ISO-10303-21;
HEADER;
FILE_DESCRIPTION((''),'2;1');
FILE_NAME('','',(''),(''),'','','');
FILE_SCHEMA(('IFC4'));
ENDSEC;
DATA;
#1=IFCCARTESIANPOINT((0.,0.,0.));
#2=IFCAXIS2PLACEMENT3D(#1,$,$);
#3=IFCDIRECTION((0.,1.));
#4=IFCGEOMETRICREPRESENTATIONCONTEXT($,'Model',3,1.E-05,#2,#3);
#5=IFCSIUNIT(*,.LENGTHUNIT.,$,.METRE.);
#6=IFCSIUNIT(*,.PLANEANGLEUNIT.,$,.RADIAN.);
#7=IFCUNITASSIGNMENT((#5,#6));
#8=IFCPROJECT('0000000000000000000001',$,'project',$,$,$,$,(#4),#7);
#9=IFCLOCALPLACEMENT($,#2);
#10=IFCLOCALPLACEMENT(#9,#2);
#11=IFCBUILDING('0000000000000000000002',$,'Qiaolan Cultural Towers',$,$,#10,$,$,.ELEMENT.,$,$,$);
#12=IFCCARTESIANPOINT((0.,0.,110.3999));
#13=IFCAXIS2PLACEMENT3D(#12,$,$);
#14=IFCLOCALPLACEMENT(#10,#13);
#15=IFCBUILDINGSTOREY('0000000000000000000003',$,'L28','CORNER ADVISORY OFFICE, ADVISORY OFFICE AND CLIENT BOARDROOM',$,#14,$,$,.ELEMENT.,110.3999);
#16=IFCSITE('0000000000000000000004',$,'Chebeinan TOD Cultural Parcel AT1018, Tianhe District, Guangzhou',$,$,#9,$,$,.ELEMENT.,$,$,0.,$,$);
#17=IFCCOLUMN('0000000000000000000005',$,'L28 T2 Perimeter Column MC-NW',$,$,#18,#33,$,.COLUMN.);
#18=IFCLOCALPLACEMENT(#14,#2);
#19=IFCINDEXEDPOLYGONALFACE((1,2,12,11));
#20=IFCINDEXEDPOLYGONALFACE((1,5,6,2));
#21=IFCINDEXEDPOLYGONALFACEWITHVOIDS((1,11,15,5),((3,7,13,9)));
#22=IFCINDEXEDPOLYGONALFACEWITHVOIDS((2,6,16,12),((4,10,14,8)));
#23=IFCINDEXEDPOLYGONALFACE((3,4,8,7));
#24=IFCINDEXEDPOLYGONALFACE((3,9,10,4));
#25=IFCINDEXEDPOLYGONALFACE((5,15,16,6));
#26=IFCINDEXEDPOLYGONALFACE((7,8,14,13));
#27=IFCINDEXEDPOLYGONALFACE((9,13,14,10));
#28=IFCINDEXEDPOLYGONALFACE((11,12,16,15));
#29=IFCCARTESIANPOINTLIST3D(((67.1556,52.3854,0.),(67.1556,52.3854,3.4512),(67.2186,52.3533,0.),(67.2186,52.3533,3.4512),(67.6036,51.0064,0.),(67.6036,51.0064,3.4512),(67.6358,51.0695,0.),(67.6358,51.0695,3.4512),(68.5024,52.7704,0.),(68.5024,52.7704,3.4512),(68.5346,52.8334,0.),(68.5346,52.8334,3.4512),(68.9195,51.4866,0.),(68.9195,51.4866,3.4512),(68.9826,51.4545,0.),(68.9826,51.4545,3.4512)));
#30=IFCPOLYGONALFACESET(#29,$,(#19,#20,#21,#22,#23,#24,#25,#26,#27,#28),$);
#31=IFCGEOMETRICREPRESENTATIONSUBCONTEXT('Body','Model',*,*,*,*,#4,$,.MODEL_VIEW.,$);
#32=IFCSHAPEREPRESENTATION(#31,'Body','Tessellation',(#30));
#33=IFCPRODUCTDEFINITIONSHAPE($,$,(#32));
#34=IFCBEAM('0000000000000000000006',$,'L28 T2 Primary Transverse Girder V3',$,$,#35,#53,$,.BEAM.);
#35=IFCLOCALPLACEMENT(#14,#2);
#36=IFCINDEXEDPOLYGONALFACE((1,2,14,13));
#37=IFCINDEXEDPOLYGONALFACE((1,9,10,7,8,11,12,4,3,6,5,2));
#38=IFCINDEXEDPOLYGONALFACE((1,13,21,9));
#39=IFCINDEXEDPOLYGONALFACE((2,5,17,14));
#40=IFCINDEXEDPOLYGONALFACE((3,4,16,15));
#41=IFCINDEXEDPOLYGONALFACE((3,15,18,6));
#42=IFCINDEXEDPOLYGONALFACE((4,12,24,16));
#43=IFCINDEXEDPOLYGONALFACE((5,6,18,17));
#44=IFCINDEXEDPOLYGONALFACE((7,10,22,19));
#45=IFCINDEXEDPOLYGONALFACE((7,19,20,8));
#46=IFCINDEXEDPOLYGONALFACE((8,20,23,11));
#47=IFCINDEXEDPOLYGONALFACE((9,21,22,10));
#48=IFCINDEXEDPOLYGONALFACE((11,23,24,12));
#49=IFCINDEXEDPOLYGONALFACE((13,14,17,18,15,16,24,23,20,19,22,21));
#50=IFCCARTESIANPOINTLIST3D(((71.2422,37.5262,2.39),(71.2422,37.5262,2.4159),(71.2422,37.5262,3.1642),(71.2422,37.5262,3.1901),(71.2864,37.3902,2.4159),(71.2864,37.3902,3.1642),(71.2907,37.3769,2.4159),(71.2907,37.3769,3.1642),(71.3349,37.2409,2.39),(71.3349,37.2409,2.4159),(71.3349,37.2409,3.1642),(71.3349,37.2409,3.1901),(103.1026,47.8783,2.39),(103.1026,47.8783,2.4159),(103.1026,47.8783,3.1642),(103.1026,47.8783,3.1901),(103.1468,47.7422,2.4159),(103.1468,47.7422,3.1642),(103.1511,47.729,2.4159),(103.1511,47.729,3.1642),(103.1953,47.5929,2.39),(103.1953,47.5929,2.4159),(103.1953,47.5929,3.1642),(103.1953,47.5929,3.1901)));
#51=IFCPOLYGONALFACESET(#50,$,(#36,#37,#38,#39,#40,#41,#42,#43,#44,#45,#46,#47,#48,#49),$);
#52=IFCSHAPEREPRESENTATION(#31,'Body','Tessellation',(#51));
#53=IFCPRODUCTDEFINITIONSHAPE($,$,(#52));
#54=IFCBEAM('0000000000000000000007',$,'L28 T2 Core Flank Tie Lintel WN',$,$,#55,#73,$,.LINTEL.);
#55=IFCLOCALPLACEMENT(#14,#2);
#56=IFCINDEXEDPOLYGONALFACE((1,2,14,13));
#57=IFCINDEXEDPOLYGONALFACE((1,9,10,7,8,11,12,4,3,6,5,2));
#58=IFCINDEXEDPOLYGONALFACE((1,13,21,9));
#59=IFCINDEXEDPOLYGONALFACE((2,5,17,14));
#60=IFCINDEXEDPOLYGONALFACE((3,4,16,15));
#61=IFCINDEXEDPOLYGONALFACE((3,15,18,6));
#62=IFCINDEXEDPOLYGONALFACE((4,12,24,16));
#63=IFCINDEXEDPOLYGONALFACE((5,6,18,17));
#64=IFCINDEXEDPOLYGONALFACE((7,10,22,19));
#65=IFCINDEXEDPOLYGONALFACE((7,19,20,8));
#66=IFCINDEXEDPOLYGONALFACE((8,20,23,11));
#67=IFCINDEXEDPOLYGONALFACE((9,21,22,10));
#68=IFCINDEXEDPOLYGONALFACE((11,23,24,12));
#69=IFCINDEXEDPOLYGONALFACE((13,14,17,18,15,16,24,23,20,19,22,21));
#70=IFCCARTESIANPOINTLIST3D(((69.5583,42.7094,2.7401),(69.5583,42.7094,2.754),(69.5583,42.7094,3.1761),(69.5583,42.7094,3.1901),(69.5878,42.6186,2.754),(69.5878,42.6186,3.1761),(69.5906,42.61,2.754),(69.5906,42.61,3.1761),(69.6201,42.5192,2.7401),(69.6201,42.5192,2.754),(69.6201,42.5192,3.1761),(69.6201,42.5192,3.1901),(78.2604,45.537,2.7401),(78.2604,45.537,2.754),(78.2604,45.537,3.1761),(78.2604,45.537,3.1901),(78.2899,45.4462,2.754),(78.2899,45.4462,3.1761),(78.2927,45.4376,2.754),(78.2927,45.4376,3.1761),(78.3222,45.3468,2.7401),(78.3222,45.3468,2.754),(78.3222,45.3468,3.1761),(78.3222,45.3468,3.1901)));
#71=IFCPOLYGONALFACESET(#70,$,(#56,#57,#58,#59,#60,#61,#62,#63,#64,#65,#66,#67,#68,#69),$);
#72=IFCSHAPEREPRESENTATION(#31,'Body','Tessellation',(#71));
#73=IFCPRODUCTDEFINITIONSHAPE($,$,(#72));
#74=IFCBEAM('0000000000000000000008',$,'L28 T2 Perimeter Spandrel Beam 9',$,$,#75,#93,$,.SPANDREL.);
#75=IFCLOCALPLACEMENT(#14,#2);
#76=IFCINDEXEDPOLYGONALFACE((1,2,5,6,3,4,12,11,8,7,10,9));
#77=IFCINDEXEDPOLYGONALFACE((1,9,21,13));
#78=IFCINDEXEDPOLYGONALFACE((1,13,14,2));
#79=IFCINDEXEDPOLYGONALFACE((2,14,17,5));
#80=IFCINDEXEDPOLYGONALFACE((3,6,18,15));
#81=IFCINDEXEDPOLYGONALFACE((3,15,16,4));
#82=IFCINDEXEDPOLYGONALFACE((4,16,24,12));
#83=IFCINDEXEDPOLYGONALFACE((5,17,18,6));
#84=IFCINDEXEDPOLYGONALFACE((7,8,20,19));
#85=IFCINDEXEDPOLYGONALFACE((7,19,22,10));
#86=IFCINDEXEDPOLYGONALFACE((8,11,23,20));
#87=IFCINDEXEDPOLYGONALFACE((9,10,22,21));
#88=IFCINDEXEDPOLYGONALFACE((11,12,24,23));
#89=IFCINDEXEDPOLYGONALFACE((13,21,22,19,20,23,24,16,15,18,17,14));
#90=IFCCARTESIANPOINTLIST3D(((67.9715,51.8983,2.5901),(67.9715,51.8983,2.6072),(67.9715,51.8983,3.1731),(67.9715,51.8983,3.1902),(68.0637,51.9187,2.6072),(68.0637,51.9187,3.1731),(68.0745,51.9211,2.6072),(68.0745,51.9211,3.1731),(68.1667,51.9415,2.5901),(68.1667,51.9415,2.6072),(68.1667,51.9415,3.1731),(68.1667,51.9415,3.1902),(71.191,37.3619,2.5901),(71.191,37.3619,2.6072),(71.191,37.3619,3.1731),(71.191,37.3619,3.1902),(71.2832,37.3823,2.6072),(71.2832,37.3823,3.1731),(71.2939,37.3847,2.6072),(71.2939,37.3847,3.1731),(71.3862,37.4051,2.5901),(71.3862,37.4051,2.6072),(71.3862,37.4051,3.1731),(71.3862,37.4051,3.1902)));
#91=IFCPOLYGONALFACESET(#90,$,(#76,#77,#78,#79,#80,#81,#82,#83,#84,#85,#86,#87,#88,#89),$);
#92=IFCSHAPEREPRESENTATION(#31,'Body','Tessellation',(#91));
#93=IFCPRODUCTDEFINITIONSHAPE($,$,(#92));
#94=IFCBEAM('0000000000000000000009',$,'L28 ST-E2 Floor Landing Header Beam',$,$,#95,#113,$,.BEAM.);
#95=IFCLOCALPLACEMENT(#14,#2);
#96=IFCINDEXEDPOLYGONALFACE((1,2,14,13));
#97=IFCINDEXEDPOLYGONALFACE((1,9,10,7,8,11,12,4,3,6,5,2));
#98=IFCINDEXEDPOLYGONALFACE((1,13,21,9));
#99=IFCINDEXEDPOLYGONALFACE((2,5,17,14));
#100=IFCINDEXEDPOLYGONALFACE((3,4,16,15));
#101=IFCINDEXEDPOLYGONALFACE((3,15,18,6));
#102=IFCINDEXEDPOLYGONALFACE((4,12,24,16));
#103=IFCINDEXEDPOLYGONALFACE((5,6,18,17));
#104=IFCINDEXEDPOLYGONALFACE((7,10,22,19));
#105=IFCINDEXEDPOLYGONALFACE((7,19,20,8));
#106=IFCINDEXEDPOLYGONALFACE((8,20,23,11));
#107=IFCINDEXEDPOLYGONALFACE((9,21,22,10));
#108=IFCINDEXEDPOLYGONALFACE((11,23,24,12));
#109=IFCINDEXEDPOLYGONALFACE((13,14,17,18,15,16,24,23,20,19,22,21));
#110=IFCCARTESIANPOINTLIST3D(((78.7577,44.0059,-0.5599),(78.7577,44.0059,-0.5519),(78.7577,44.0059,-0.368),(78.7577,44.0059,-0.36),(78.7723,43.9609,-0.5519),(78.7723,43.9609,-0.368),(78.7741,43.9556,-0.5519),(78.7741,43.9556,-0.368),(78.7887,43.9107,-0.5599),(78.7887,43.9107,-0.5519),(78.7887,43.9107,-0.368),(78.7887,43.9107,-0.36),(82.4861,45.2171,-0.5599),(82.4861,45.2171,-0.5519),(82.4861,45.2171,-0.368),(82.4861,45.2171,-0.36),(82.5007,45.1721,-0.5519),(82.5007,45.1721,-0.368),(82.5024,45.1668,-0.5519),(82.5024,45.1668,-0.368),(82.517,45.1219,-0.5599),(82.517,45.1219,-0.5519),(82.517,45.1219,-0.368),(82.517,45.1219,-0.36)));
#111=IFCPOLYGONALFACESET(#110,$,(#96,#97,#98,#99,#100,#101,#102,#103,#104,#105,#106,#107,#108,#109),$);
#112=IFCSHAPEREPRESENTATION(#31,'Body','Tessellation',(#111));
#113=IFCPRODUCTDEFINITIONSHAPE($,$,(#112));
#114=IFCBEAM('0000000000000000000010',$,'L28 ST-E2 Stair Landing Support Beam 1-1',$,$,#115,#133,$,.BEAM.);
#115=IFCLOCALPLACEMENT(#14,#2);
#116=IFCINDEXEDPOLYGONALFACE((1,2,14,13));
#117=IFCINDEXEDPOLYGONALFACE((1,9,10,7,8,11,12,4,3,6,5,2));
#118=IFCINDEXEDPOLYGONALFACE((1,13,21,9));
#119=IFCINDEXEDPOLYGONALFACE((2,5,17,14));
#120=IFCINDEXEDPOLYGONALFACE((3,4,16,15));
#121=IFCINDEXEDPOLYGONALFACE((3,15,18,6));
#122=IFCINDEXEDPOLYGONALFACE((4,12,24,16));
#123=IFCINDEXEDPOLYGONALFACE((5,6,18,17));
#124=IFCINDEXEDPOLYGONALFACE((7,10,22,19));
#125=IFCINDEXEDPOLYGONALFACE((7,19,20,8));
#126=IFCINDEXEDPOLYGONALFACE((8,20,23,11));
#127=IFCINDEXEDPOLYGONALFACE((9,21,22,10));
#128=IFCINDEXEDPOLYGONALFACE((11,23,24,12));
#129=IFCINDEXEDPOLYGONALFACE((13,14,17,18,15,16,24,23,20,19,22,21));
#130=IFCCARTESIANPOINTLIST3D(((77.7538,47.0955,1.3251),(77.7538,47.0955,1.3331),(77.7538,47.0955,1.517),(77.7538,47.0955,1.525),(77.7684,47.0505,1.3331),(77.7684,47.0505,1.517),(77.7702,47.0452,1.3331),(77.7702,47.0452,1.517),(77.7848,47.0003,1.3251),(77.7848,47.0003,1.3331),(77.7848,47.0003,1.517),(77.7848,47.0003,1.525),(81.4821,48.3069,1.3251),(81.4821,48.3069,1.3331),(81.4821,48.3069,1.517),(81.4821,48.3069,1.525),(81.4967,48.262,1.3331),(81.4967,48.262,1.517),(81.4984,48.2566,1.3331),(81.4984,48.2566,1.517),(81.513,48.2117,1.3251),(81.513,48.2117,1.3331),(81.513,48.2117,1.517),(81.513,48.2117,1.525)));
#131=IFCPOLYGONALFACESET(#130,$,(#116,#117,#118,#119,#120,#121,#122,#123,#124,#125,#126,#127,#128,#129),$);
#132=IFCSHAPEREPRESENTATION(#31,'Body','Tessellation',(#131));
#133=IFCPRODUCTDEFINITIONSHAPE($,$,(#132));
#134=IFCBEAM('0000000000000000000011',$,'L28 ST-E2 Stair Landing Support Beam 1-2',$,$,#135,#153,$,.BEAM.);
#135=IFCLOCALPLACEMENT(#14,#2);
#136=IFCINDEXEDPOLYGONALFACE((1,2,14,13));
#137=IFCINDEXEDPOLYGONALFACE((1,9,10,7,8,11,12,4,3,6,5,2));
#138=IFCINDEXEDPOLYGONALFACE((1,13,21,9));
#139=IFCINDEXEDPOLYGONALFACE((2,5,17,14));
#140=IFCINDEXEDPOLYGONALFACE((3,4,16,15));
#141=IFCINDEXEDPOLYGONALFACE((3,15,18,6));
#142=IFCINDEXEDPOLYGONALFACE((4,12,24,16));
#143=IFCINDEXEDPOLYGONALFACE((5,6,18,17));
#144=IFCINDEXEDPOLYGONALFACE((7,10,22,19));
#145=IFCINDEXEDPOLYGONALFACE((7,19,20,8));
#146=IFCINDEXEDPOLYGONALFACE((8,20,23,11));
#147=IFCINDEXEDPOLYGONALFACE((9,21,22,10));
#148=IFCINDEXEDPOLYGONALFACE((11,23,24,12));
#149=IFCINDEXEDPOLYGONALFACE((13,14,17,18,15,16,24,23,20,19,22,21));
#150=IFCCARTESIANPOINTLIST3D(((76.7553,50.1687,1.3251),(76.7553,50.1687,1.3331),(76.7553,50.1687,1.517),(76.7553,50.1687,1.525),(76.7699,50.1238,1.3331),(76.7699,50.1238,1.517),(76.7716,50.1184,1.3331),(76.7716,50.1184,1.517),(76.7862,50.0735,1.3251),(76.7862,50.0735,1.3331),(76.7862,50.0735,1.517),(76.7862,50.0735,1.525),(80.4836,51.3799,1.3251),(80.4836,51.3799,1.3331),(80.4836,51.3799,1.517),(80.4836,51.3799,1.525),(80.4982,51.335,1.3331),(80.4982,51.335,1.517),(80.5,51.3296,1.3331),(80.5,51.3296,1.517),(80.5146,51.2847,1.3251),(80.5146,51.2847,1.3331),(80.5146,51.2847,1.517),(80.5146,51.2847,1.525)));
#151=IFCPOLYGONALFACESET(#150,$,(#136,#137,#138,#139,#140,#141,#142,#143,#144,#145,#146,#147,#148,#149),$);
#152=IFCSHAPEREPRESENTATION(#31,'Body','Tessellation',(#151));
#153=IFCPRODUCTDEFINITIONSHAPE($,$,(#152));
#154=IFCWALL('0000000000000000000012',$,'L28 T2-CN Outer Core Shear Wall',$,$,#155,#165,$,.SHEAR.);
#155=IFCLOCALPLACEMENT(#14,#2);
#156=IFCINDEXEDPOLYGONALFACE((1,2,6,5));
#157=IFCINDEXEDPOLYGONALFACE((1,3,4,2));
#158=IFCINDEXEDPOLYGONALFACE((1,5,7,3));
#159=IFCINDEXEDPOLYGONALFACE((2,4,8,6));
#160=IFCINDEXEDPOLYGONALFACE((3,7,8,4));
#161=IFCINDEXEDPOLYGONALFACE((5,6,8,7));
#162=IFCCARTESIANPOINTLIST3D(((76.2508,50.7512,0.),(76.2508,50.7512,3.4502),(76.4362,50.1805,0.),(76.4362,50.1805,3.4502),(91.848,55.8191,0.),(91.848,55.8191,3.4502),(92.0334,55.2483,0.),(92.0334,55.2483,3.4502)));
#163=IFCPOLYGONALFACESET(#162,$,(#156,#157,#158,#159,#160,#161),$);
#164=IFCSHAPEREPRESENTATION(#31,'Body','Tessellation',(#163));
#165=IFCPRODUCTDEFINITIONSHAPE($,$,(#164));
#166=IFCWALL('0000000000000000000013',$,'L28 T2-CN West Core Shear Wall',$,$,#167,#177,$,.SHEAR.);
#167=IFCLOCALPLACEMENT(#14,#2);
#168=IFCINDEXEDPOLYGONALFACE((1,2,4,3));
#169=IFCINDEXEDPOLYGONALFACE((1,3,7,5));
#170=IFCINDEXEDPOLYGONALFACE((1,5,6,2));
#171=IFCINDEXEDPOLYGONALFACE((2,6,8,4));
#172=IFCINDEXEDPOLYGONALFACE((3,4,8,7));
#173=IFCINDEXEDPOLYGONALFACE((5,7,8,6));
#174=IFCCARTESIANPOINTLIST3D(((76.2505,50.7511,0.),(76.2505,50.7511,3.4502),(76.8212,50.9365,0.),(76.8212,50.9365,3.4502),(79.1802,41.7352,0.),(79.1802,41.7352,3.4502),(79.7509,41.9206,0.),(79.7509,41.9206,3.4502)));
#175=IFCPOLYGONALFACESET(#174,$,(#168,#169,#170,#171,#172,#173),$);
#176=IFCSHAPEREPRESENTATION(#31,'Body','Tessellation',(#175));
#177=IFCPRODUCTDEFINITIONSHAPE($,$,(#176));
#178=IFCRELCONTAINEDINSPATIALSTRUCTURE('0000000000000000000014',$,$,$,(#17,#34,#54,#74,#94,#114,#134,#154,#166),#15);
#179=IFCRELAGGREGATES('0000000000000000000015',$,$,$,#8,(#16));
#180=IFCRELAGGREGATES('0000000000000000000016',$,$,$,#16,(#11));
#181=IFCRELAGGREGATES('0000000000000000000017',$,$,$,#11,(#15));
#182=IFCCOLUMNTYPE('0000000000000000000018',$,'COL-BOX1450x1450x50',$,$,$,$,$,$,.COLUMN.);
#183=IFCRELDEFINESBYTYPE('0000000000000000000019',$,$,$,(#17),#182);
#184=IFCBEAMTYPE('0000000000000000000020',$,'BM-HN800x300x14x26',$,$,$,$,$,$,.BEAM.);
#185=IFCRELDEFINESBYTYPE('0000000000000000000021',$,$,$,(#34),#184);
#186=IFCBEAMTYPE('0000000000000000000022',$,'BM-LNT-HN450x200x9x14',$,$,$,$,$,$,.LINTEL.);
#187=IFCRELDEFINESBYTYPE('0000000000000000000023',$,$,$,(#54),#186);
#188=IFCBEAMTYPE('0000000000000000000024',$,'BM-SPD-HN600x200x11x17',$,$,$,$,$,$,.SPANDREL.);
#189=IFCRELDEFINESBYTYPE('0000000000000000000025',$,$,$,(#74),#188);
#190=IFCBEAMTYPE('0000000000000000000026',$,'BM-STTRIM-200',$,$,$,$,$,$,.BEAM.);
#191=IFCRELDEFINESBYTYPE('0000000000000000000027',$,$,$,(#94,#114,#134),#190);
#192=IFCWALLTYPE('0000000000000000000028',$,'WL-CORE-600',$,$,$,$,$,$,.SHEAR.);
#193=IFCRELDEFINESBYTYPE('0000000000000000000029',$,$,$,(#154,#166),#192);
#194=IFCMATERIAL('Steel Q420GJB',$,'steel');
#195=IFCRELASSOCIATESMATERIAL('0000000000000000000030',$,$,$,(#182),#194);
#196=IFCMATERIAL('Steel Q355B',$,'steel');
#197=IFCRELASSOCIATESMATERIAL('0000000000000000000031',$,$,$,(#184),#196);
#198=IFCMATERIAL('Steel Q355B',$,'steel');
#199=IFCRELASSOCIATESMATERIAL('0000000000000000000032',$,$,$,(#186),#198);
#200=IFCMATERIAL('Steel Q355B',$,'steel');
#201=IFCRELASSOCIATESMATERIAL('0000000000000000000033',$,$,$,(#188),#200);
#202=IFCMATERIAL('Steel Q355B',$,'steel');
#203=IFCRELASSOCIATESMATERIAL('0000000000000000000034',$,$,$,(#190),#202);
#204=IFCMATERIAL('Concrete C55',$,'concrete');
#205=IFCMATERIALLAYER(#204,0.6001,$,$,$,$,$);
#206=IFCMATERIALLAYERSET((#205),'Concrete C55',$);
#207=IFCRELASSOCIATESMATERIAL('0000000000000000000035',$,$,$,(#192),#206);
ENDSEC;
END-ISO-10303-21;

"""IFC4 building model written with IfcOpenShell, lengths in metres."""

from ifc_helpers import new_model, si_unit, direction, frame, frame_2d, origin, origin_2d, place, context, subcontext, project, spatial, rectangle, hollow_rectangle, i_section, extrude, material, layer, layer_set, material_profile, profile_set, type_object, element, save


model = new_model("IFC4")

# Units and contexts
model_context = context("Model", 3, precision=1e-05, world=origin(), true_north=direction((0.0, 1.0)))
body_context = subcontext(model_context, "Body", "Model", "MODEL_VIEW")
ifc_project = project(units=[si_unit("LENGTHUNIT", "METRE"), si_unit("PLANEANGLEUNIT", "RADIAN")], contexts=[model_context])

# Site, building, storey
site_placement = place(None, origin())
site = spatial("IfcSite", under=ifc_project, at=site_placement, Name="Chebeinan TOD Cultural Parcel AT1018, Tianhe District, Guangzhou", CompositionType="ELEMENT", RefElevation=0.0)
building_placement = place(site_placement, origin())
building = spatial("IfcBuilding", under=site, at=building_placement, Name="Qiaolan Cultural Towers", CompositionType="ELEMENT")
storey_placement = place(building_placement, frame((0.0, 0.0, 110.3999)))
storey = spatial("IfcBuildingStorey", under=building, at=storey_placement, Name="L28", Description="CORNER ADVISORY OFFICE, ADVISORY OFFICE AND CLIENT BOARDROOM", CompositionType="ELEMENT", Elevation=110.3999)

# Column
ifc_material_1 = material(Name="Steel Q420GJB", Category="steel")
ifc_material_profile_1 = material_profile(ifc_material_1, hollow_rectangle(XDim=1.45, YDim=1.45, WallThickness=0.05, at=origin_2d()), Name="BOX1450x1450x50")
ifc_profile_set_1 = profile_set([ifc_material_profile_1], Name="Steel Q420GJB")
column_type = type_object("IfcColumnType", Name="COL-BOX1450x1450x50", PredefinedType="COLUMN", material=ifc_profile_set_1)
column_placement = place(storey_placement, frame((68.0691, 51.9199, 0.0), z_axis=(0.0, 0.0, 1.0), x_axis=(0.951057, 0.309017, 0.0)))
element("IfcColumn", 1, at=column_placement, inside=storey, type_object=column_type, Name="L28 T2 Perimeter Column MC-NW", PredefinedType="COLUMN", context=body_context, shape_type="SweptSolid", body=[
    extrude(hollow_rectangle(XDim=1.45, YDim=1.45, WallThickness=0.05, at=origin_2d()), origin(), (0.0, 0.0, 1.0), 3.4512),
])

# Beams
ifc_material_2 = material(Name="Steel Q355B", Category="steel")
ifc_material_profile_2 = material_profile(ifc_material_2, i_section(OverallWidth=0.3, OverallDepth=0.8, WebThickness=0.0139, FlangeThickness=0.0259, at=origin_2d()), Name="HN800x300x14x26")
ifc_profile_set_2 = profile_set([ifc_material_profile_2], Name="Steel Q355B")
beam_type_1 = type_object("IfcBeamType", Name="BM-HN800x300x14x26", PredefinedType="BEAM", material=ifc_profile_set_2)
beam_1_placement = place(storey_placement, frame((71.2886, 37.3835, 2.79), z_axis=(0.951057, 0.309017, 0.0), x_axis=(-0.309017, 0.951057, 0.0)))
element("IfcBeam", 2, at=beam_1_placement, inside=storey, type_object=beam_type_1, Name="L28 T2 Primary Transverse Girder V3", PredefinedType="BEAM", context=body_context, shape_type="SweptSolid", body=[
    extrude(i_section(OverallWidth=0.3, OverallDepth=0.8, WebThickness=0.0139, FlangeThickness=0.0259, at=origin_2d()), origin(), (0.0, 0.0, 1.0), 33.5),
])
ifc_material_3 = material(Name="Steel Q355B", Category="steel")
ifc_material_profile_3 = material_profile(ifc_material_3, i_section(OverallWidth=0.2, OverallDepth=0.45, WebThickness=0.009, FlangeThickness=0.0139, at=origin_2d()), Name="HN450x200x9x14")
ifc_profile_set_3 = profile_set([ifc_material_profile_3], Name="Steel Q355B")
beam_type_2 = type_object("IfcBeamType", Name="BM-LNT-HN450x200x9x14", PredefinedType="LINTEL", material=ifc_profile_set_3)
beam_2_placement = place(storey_placement, frame((78.2913, 45.4419, 2.9651), z_axis=(-0.951052, -0.309031, 0.0), x_axis=(0.309031, -0.951052, 0.0)))
element("IfcBeam", 3, at=beam_2_placement, inside=storey, type_object=beam_type_2, Name="L28 T2 Core Flank Tie Lintel WN", PredefinedType="LINTEL", context=body_context, shape_type="SweptSolid", body=[
    extrude(i_section(OverallWidth=0.2, OverallDepth=0.45, WebThickness=0.009, FlangeThickness=0.0139, at=origin_2d()), origin(), (0.0, 0.0, 1.0), 9.1499),
])
ifc_material_4 = material(Name="Steel Q355B", Category="steel")
ifc_material_profile_4 = material_profile(ifc_material_4, i_section(OverallWidth=0.2, OverallDepth=0.6001, WebThickness=0.011, FlangeThickness=0.0171, at=origin_2d()), Name="HN600x200x11x17")
ifc_profile_set_4 = profile_set([ifc_material_profile_4], Name="Steel Q355B")
beam_type_3 = type_object("IfcBeamType", Name="BM-SPD-HN600x200x11x17", PredefinedType="SPANDREL", material=ifc_profile_set_4)
beam_3_placement = place(storey_placement, frame((68.0691, 51.9199, 2.8901), z_axis=(0.216238, -0.976341, 0.0), x_axis=(0.976341, 0.216238, 0.0)))
element("IfcBeam", 4, at=beam_3_placement, inside=storey, type_object=beam_type_3, Name="L28 T2 Perimeter Spandrel Beam 9", PredefinedType="SPANDREL", context=body_context, shape_type="SweptSolid", body=[
    extrude(i_section(OverallWidth=0.2, OverallDepth=0.6001, WebThickness=0.011, FlangeThickness=0.0171, at=origin_2d()), origin(), (0.0, 0.0, 1.0), 14.8887),
])
ifc_material_5 = material(Name="Steel Q355B", Category="steel")
ifc_material_profile_5 = material_profile(ifc_material_5, i_section(OverallWidth=0.1001, OverallDepth=0.2, WebThickness=0.0056, FlangeThickness=0.0081, at=origin_2d()), Name="HN200x100x5.5x8")
ifc_profile_set_5 = profile_set([ifc_material_profile_5], Name="Steel Q355B")
beam_type_4 = type_object("IfcBeamType", Name="BM-STTRIM-200", PredefinedType="BEAM", material=ifc_profile_set_5)
for number, where, z_axis, x_axis, name in (
    (5, (78.7732, 43.9583, -0.46), (0.951072, 0.308969, 0.0), (-0.308969, 0.951072, 0.0), "L28 ST-E2 Floor Landing Header Beam"),
    (6, (77.7693, 47.0479, 1.425), (0.951054, 0.309026, 0.0), (-0.309026, 0.951054, 0.0), "L28 ST-E2 Stair Landing Support Beam 1-1"),
    (7, (76.7708, 50.1211, 1.425), (0.951072, 0.308969, 0.0), (-0.308969, 0.951072, 0.0), "L28 ST-E2 Stair Landing Support Beam 1-2"),
):
    element("IfcBeam", number, at=place(storey_placement, frame(where, z_axis=z_axis, x_axis=x_axis)), inside=storey, type_object=beam_type_4, Name=name, PredefinedType="BEAM", context=body_context, shape_type="SweptSolid", body=[
        extrude(i_section(OverallWidth=0.1001, OverallDepth=0.2, WebThickness=0.0056, FlangeThickness=0.0081, at=origin_2d()), origin(), (0.0, 0.0, 1.0), 3.9202),
    ])

# Walls
ifc_material_6 = material(Name="Concrete C55", Category="concrete")
ifc_layer_1 = layer(ifc_material_6, 0.6001)
ifc_layer_set_1 = layer_set([ifc_layer_1], Name="Concrete C55")
wall_type_1 = type_object("IfcWallType", Name="WL-CORE-600", PredefinedType="SHEAR", material=ifc_layer_set_1)
wall_1_placement = place(storey_placement, frame((76.3435, 50.4658, 0.0), z_axis=(0.0, 0.0, 1.0), x_axis=(0.951056, 0.309019, 0.0)))
element("IfcWall", 8, at=wall_1_placement, inside=storey, type_object=wall_type_1, Name="L28 T2-CN Outer Core Shear Wall", PredefinedType="SHEAR", context=body_context, shape_type="SweptSolid", body=[
    extrude(rectangle(XDim=16.3999, YDim=0.6001, at=frame_2d((8.2, 0.0))), origin(), (0.0, 0.0, 1.0), 3.4502),
])
wall_2_placement = place(storey_placement, frame((79.4656, 41.8279, 0.0), z_axis=(0.0, 0.0, 1.0), x_axis=(-0.309041, 0.951049, 0.0)))
element("IfcWall", 9, at=wall_2_placement, inside=storey, type_object=wall_type_1, Name="L28 T2-CN West Core Shear Wall", PredefinedType="SHEAR", context=body_context, shape_type="SweptSolid", body=[
    extrude(rectangle(XDim=9.48, YDim=0.6001, at=frame_2d((4.74, 0.0))), origin(), (0.0, 0.0, 1.0), 3.4502),
])

save(model, "model.ifc")
